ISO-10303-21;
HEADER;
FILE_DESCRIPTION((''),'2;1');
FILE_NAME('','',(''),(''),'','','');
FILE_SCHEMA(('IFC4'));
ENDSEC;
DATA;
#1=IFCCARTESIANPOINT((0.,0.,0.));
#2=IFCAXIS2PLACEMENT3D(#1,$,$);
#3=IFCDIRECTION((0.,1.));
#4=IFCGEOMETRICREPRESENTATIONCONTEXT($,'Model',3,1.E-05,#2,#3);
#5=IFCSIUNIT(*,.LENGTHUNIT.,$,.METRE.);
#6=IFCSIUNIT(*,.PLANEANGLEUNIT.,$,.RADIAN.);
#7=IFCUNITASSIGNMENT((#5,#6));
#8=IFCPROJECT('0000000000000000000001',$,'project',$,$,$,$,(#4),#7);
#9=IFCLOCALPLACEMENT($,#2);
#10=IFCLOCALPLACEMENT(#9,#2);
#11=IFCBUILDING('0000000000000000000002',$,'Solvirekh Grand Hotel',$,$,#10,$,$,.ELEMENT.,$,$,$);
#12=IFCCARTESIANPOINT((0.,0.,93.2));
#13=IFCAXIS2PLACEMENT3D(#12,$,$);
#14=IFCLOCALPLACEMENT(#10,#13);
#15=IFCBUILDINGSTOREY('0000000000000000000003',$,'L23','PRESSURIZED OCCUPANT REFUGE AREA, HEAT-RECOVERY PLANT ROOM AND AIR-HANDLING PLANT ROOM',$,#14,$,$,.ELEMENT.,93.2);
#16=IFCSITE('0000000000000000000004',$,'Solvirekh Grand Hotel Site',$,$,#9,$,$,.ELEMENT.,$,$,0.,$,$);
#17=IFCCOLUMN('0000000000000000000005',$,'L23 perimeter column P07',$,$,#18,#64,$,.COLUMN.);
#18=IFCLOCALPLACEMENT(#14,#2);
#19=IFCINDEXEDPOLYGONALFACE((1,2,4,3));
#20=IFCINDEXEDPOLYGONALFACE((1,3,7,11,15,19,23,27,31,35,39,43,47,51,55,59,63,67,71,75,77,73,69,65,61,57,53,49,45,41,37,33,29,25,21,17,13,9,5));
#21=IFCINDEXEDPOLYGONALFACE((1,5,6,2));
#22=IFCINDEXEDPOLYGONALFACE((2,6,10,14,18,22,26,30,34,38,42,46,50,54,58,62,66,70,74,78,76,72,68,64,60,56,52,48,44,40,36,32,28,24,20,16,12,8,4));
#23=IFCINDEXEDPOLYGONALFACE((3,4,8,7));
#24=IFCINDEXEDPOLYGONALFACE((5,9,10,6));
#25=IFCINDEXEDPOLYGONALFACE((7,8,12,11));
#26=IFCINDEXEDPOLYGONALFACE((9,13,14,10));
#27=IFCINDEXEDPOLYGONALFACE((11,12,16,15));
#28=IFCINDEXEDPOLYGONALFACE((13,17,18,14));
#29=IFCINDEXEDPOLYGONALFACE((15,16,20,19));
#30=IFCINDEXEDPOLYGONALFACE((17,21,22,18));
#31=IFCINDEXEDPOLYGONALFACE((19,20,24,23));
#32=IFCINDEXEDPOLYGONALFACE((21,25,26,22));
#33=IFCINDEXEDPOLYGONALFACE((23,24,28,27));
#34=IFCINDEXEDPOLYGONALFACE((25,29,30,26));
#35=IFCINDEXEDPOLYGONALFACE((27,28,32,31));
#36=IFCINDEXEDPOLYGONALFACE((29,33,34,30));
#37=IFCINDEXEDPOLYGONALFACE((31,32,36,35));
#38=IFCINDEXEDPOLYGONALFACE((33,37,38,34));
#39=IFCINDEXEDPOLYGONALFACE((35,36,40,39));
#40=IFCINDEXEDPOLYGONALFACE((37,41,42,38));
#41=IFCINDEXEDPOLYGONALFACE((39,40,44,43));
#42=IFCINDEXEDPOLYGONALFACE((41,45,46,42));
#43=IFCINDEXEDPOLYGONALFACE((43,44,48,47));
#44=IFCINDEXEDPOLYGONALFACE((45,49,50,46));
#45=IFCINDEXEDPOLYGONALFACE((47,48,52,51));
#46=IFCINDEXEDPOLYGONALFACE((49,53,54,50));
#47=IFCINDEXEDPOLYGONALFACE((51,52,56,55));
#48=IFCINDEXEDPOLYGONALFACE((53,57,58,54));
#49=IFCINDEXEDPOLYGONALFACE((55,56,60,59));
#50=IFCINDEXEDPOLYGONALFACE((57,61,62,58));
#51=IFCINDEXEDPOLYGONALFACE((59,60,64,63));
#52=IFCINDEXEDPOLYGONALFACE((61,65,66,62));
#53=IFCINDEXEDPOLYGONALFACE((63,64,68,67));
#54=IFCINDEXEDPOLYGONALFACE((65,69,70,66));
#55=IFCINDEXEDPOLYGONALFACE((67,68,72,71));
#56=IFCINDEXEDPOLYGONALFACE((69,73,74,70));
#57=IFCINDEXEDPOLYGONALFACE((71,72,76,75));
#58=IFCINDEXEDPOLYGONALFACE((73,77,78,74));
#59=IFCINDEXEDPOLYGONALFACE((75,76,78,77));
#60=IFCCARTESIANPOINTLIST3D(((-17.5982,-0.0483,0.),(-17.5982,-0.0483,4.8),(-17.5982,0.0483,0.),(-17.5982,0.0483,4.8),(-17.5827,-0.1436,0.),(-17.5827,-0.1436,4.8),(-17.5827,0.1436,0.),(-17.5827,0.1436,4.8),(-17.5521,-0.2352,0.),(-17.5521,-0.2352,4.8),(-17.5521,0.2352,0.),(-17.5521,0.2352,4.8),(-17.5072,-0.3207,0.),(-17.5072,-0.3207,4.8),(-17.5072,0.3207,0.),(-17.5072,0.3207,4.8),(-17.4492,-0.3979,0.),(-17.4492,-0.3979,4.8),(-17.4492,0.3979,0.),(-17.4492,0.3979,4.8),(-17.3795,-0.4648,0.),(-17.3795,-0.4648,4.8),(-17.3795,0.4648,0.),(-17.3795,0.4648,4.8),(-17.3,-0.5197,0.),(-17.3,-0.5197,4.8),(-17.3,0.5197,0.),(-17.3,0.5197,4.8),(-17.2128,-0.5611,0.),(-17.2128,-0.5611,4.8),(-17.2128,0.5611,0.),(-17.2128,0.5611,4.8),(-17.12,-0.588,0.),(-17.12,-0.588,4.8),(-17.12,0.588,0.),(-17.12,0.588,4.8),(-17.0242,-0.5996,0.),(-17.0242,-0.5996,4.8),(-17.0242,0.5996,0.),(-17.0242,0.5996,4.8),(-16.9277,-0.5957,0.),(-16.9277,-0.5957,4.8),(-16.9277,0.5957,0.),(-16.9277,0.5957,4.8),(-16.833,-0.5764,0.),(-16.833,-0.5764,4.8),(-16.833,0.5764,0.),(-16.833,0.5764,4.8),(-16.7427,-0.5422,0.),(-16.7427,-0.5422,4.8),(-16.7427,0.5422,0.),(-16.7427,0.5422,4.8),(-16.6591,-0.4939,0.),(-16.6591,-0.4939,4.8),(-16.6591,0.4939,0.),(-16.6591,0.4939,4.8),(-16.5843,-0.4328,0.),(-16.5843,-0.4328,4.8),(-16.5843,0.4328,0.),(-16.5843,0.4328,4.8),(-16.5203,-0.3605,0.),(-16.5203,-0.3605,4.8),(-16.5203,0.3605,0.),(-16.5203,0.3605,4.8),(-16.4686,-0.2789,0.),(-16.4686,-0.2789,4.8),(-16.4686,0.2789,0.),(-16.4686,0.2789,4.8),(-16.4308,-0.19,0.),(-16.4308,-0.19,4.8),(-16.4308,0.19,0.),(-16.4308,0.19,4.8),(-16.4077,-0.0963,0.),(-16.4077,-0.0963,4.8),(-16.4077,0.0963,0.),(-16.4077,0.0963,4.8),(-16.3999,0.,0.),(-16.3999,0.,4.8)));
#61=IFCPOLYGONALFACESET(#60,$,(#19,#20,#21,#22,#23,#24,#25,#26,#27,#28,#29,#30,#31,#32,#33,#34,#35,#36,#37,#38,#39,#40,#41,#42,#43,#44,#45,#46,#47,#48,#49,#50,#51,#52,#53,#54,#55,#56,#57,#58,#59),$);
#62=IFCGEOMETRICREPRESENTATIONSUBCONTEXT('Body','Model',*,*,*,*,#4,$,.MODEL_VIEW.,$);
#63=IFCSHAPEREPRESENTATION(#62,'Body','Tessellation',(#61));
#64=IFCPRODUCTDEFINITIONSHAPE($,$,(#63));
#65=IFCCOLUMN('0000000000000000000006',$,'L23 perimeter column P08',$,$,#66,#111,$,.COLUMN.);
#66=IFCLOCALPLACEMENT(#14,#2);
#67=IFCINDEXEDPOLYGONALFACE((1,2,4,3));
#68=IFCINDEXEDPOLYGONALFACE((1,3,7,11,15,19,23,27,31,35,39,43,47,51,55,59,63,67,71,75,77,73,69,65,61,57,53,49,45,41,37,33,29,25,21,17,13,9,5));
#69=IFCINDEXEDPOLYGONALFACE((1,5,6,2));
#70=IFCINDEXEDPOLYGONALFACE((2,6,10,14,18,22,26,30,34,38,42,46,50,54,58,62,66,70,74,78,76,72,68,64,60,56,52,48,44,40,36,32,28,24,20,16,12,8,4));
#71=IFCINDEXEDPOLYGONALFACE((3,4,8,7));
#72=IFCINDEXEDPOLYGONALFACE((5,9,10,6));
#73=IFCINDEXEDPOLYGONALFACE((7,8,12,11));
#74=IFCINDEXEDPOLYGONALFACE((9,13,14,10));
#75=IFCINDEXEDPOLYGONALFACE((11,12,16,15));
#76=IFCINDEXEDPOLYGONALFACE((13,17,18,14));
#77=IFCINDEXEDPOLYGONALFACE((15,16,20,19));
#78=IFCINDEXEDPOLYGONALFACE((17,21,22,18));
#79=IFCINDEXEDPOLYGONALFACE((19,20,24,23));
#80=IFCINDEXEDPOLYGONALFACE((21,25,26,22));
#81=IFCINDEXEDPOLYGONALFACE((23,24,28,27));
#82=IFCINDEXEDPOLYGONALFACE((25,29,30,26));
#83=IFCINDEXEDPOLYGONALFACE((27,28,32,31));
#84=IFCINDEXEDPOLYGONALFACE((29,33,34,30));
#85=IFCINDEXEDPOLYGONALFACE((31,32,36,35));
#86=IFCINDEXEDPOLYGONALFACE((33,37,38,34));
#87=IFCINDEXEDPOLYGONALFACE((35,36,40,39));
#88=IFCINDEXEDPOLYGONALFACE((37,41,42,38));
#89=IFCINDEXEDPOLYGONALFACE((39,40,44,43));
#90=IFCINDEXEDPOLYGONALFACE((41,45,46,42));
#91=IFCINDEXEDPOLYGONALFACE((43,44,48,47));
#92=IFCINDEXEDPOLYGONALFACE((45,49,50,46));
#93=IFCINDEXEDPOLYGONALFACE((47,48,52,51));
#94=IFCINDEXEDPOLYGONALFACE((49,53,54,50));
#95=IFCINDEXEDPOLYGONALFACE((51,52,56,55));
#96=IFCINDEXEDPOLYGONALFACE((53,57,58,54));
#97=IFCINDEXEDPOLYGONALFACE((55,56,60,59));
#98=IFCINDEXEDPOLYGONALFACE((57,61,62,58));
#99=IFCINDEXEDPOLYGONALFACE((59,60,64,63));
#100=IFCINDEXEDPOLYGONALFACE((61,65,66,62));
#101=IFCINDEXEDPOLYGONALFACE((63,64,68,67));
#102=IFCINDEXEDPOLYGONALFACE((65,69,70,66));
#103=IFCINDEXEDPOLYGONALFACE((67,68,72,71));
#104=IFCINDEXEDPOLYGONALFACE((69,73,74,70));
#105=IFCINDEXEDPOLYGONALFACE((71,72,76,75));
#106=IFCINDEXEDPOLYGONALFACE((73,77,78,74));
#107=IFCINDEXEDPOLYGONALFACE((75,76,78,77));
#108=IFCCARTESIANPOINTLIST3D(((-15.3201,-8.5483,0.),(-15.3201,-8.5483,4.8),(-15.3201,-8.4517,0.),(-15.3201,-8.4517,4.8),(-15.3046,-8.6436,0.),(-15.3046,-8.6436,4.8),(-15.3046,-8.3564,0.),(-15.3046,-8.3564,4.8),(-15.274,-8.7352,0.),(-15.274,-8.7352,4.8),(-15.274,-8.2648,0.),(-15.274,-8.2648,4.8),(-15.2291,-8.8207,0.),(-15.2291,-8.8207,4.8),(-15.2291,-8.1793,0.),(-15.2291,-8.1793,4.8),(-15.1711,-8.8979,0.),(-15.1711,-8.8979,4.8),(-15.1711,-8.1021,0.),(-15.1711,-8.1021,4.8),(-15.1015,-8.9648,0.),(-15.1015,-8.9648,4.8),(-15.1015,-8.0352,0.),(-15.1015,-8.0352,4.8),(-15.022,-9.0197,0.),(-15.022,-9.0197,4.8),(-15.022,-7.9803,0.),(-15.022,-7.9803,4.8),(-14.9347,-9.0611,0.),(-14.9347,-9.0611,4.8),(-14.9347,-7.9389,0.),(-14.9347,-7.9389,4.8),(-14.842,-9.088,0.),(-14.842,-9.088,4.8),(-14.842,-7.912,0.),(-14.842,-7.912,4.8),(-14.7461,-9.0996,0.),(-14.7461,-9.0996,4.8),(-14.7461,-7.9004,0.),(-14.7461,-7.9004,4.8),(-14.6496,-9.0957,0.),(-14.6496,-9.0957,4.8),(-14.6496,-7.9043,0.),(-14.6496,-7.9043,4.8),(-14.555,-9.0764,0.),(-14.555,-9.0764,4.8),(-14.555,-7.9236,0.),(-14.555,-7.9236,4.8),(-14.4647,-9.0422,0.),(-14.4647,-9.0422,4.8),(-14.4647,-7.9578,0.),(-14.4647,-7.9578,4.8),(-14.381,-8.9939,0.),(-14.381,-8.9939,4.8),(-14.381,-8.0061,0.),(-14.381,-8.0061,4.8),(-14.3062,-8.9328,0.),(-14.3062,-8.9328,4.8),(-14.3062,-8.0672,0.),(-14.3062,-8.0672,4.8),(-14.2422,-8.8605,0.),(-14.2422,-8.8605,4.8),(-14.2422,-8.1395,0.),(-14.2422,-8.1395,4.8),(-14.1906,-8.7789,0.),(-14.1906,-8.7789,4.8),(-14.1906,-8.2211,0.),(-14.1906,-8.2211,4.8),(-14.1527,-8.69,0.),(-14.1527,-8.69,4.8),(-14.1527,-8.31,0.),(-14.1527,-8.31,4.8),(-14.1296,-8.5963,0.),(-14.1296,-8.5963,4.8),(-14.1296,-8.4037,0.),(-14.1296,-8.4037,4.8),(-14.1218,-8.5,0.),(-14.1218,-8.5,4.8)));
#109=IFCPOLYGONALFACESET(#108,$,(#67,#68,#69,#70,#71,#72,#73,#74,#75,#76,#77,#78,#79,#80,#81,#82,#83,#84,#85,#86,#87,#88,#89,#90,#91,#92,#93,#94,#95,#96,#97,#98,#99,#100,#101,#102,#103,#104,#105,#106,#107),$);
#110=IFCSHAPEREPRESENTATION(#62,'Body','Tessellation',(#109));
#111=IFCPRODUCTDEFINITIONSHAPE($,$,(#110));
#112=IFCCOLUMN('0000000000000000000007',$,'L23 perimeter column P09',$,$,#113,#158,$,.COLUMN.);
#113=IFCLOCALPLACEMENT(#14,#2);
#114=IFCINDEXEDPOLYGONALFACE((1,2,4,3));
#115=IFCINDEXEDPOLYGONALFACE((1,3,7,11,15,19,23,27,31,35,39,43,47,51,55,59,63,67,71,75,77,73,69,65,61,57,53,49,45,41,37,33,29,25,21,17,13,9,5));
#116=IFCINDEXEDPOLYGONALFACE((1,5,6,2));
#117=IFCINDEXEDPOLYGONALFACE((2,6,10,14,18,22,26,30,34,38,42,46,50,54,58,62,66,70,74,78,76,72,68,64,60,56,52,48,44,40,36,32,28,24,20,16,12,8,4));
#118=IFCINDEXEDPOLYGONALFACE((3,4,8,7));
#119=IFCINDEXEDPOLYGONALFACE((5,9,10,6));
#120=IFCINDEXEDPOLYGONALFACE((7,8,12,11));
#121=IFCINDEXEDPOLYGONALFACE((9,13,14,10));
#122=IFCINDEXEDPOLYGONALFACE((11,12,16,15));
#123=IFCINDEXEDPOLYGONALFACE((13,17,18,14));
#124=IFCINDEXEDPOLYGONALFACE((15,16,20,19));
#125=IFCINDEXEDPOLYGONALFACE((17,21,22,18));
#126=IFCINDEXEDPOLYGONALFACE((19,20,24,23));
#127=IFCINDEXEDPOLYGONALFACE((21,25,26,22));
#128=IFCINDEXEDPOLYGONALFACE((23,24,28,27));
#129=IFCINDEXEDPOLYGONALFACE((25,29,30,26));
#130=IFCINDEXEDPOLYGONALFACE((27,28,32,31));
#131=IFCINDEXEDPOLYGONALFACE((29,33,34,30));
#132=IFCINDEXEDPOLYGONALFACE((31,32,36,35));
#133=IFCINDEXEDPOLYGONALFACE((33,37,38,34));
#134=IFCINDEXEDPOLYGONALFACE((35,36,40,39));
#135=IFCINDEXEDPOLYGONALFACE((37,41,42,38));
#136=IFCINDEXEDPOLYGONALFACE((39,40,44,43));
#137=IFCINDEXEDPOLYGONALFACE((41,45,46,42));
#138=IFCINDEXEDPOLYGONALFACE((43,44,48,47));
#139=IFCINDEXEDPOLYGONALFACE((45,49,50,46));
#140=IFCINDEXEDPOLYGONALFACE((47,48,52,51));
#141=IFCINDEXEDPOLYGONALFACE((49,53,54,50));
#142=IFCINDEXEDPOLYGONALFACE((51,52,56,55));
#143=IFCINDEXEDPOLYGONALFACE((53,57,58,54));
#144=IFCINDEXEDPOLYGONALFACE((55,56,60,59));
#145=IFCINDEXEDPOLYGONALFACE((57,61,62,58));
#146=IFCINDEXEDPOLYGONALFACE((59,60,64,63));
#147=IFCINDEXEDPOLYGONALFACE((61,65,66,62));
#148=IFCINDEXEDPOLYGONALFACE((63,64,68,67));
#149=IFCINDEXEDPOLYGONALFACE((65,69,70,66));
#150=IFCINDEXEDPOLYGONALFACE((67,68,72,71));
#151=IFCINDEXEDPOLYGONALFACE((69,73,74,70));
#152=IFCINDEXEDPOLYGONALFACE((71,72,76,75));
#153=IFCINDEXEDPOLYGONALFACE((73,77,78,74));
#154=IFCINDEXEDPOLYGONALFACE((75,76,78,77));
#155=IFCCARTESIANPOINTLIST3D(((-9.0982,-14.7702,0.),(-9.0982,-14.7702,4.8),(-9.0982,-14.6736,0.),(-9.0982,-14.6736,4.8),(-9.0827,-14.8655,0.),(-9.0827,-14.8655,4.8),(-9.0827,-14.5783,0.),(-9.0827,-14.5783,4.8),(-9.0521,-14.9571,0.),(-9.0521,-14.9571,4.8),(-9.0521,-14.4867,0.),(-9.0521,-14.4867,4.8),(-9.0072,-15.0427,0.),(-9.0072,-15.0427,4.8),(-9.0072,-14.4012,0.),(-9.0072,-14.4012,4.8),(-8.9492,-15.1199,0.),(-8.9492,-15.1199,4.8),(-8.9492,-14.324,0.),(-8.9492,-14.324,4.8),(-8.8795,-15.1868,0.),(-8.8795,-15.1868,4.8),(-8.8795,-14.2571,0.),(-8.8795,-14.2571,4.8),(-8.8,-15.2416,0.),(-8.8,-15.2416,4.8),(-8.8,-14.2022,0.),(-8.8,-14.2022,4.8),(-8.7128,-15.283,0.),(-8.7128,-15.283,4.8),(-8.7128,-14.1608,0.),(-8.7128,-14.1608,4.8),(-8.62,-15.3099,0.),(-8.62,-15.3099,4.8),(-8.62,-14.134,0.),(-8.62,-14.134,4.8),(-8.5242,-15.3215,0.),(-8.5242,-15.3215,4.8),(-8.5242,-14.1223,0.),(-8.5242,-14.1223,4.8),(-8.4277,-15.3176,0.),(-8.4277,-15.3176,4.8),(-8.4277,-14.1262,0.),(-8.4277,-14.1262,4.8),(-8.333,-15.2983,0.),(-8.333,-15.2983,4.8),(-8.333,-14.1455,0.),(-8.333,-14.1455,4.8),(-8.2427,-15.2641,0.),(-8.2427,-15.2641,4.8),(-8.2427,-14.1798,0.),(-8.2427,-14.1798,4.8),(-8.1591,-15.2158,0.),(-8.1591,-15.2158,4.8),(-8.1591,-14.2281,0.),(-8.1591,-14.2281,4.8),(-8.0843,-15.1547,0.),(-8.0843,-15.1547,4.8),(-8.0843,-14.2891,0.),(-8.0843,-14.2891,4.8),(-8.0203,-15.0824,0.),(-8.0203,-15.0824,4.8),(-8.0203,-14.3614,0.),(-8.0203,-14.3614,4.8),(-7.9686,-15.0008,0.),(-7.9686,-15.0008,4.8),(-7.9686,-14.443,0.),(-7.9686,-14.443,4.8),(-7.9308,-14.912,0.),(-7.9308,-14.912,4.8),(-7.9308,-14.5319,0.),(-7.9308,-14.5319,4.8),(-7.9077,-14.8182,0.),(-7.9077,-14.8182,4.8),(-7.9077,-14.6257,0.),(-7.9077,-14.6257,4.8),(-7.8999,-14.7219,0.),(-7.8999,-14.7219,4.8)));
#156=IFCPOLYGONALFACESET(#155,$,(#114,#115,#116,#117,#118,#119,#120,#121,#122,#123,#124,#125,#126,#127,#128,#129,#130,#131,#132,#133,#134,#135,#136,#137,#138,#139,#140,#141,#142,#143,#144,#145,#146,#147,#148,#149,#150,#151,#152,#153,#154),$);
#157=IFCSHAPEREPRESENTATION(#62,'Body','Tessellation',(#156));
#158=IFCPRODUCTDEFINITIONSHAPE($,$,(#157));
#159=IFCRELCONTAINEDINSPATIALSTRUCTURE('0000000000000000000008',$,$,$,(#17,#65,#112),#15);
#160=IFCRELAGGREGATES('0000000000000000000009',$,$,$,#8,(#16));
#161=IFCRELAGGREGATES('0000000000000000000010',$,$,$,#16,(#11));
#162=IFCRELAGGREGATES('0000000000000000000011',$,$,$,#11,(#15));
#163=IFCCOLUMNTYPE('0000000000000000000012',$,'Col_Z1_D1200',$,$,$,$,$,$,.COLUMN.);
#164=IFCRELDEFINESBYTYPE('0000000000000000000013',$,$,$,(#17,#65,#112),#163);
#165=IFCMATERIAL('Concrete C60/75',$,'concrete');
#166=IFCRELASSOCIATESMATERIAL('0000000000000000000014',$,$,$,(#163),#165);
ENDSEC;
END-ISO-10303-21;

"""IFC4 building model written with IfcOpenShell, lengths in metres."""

from ifc_helpers import new_model, si_unit, direction, frame, origin, origin_2d, place, context, subcontext, project, spatial, circle, extrude, material, material_profile, profile_set, type_object, element, save


model = new_model("IFC4")

# Units and contexts
model_context = context("Model", 3, precision=1e-05, world=origin(), true_north=direction((0.0, 1.0)))
body_context = subcontext(model_context, "Body", "Model", "MODEL_VIEW")
ifc_project = project(units=[si_unit("LENGTHUNIT", "METRE"), si_unit("PLANEANGLEUNIT", "RADIAN")], contexts=[model_context])

# Site, building, storey
site_placement = place(None, origin())
site = spatial("IfcSite", under=ifc_project, at=site_placement, Name="Solvirekh Grand Hotel Site", CompositionType="ELEMENT", RefElevation=0.0)
building_placement = place(site_placement, origin())
building = spatial("IfcBuilding", under=site, at=building_placement, Name="Solvirekh Grand Hotel", CompositionType="ELEMENT")
storey_placement = place(building_placement, frame((0.0, 0.0, 93.2)))
storey = spatial("IfcBuildingStorey", under=building, at=storey_placement, Name="L23", Description="PRESSURIZED OCCUPANT REFUGE AREA, HEAT-RECOVERY PLANT ROOM AND AIR-HANDLING PLANT ROOM", CompositionType="ELEMENT", Elevation=93.2)

# Columns
ifc_material_1 = material(Name="Concrete C60/75", Category="concrete")
ifc_material_profile_1 = material_profile(ifc_material_1, circle(Radius=0.6001, at=origin_2d()), Name="RC CIRC D1200")
ifc_profile_set_1 = profile_set([ifc_material_profile_1], Name="Concrete C60/75")
column_type = type_object("IfcColumnType", Name="Col_Z1_D1200", PredefinedType="COLUMN", material=ifc_profile_set_1)
for number, where, z_axis, x_axis, name in (
    (1, (-17.0, 0.0, 0.0), (0.0, 0.0, 1.0), (1.0, 0.0, 0.0), "L23 perimeter column P07"),
    (2, (-14.7219, -8.5, 0.0), (0.0, 0.0, 1.0), (1.0, 0.0, 0.0), "L23 perimeter column P08"),
    (3, (-8.5, -14.7219, 0.0), (0.0, 0.0, 1.0), (1.0, 0.0, 0.0), "L23 perimeter column P09"),
):
    element("IfcColumn", number, at=place(storey_placement, frame(where, z_axis=z_axis, x_axis=x_axis)), inside=storey, type_object=column_type, Name=name, PredefinedType="COLUMN", context=body_context, shape_type="SweptSolid", body=[
        extrude(circle(Radius=0.6001, at=origin_2d()), origin(), (0.0, 0.0, 1.0), 4.8),
    ])

save(model, "model.ifc")
